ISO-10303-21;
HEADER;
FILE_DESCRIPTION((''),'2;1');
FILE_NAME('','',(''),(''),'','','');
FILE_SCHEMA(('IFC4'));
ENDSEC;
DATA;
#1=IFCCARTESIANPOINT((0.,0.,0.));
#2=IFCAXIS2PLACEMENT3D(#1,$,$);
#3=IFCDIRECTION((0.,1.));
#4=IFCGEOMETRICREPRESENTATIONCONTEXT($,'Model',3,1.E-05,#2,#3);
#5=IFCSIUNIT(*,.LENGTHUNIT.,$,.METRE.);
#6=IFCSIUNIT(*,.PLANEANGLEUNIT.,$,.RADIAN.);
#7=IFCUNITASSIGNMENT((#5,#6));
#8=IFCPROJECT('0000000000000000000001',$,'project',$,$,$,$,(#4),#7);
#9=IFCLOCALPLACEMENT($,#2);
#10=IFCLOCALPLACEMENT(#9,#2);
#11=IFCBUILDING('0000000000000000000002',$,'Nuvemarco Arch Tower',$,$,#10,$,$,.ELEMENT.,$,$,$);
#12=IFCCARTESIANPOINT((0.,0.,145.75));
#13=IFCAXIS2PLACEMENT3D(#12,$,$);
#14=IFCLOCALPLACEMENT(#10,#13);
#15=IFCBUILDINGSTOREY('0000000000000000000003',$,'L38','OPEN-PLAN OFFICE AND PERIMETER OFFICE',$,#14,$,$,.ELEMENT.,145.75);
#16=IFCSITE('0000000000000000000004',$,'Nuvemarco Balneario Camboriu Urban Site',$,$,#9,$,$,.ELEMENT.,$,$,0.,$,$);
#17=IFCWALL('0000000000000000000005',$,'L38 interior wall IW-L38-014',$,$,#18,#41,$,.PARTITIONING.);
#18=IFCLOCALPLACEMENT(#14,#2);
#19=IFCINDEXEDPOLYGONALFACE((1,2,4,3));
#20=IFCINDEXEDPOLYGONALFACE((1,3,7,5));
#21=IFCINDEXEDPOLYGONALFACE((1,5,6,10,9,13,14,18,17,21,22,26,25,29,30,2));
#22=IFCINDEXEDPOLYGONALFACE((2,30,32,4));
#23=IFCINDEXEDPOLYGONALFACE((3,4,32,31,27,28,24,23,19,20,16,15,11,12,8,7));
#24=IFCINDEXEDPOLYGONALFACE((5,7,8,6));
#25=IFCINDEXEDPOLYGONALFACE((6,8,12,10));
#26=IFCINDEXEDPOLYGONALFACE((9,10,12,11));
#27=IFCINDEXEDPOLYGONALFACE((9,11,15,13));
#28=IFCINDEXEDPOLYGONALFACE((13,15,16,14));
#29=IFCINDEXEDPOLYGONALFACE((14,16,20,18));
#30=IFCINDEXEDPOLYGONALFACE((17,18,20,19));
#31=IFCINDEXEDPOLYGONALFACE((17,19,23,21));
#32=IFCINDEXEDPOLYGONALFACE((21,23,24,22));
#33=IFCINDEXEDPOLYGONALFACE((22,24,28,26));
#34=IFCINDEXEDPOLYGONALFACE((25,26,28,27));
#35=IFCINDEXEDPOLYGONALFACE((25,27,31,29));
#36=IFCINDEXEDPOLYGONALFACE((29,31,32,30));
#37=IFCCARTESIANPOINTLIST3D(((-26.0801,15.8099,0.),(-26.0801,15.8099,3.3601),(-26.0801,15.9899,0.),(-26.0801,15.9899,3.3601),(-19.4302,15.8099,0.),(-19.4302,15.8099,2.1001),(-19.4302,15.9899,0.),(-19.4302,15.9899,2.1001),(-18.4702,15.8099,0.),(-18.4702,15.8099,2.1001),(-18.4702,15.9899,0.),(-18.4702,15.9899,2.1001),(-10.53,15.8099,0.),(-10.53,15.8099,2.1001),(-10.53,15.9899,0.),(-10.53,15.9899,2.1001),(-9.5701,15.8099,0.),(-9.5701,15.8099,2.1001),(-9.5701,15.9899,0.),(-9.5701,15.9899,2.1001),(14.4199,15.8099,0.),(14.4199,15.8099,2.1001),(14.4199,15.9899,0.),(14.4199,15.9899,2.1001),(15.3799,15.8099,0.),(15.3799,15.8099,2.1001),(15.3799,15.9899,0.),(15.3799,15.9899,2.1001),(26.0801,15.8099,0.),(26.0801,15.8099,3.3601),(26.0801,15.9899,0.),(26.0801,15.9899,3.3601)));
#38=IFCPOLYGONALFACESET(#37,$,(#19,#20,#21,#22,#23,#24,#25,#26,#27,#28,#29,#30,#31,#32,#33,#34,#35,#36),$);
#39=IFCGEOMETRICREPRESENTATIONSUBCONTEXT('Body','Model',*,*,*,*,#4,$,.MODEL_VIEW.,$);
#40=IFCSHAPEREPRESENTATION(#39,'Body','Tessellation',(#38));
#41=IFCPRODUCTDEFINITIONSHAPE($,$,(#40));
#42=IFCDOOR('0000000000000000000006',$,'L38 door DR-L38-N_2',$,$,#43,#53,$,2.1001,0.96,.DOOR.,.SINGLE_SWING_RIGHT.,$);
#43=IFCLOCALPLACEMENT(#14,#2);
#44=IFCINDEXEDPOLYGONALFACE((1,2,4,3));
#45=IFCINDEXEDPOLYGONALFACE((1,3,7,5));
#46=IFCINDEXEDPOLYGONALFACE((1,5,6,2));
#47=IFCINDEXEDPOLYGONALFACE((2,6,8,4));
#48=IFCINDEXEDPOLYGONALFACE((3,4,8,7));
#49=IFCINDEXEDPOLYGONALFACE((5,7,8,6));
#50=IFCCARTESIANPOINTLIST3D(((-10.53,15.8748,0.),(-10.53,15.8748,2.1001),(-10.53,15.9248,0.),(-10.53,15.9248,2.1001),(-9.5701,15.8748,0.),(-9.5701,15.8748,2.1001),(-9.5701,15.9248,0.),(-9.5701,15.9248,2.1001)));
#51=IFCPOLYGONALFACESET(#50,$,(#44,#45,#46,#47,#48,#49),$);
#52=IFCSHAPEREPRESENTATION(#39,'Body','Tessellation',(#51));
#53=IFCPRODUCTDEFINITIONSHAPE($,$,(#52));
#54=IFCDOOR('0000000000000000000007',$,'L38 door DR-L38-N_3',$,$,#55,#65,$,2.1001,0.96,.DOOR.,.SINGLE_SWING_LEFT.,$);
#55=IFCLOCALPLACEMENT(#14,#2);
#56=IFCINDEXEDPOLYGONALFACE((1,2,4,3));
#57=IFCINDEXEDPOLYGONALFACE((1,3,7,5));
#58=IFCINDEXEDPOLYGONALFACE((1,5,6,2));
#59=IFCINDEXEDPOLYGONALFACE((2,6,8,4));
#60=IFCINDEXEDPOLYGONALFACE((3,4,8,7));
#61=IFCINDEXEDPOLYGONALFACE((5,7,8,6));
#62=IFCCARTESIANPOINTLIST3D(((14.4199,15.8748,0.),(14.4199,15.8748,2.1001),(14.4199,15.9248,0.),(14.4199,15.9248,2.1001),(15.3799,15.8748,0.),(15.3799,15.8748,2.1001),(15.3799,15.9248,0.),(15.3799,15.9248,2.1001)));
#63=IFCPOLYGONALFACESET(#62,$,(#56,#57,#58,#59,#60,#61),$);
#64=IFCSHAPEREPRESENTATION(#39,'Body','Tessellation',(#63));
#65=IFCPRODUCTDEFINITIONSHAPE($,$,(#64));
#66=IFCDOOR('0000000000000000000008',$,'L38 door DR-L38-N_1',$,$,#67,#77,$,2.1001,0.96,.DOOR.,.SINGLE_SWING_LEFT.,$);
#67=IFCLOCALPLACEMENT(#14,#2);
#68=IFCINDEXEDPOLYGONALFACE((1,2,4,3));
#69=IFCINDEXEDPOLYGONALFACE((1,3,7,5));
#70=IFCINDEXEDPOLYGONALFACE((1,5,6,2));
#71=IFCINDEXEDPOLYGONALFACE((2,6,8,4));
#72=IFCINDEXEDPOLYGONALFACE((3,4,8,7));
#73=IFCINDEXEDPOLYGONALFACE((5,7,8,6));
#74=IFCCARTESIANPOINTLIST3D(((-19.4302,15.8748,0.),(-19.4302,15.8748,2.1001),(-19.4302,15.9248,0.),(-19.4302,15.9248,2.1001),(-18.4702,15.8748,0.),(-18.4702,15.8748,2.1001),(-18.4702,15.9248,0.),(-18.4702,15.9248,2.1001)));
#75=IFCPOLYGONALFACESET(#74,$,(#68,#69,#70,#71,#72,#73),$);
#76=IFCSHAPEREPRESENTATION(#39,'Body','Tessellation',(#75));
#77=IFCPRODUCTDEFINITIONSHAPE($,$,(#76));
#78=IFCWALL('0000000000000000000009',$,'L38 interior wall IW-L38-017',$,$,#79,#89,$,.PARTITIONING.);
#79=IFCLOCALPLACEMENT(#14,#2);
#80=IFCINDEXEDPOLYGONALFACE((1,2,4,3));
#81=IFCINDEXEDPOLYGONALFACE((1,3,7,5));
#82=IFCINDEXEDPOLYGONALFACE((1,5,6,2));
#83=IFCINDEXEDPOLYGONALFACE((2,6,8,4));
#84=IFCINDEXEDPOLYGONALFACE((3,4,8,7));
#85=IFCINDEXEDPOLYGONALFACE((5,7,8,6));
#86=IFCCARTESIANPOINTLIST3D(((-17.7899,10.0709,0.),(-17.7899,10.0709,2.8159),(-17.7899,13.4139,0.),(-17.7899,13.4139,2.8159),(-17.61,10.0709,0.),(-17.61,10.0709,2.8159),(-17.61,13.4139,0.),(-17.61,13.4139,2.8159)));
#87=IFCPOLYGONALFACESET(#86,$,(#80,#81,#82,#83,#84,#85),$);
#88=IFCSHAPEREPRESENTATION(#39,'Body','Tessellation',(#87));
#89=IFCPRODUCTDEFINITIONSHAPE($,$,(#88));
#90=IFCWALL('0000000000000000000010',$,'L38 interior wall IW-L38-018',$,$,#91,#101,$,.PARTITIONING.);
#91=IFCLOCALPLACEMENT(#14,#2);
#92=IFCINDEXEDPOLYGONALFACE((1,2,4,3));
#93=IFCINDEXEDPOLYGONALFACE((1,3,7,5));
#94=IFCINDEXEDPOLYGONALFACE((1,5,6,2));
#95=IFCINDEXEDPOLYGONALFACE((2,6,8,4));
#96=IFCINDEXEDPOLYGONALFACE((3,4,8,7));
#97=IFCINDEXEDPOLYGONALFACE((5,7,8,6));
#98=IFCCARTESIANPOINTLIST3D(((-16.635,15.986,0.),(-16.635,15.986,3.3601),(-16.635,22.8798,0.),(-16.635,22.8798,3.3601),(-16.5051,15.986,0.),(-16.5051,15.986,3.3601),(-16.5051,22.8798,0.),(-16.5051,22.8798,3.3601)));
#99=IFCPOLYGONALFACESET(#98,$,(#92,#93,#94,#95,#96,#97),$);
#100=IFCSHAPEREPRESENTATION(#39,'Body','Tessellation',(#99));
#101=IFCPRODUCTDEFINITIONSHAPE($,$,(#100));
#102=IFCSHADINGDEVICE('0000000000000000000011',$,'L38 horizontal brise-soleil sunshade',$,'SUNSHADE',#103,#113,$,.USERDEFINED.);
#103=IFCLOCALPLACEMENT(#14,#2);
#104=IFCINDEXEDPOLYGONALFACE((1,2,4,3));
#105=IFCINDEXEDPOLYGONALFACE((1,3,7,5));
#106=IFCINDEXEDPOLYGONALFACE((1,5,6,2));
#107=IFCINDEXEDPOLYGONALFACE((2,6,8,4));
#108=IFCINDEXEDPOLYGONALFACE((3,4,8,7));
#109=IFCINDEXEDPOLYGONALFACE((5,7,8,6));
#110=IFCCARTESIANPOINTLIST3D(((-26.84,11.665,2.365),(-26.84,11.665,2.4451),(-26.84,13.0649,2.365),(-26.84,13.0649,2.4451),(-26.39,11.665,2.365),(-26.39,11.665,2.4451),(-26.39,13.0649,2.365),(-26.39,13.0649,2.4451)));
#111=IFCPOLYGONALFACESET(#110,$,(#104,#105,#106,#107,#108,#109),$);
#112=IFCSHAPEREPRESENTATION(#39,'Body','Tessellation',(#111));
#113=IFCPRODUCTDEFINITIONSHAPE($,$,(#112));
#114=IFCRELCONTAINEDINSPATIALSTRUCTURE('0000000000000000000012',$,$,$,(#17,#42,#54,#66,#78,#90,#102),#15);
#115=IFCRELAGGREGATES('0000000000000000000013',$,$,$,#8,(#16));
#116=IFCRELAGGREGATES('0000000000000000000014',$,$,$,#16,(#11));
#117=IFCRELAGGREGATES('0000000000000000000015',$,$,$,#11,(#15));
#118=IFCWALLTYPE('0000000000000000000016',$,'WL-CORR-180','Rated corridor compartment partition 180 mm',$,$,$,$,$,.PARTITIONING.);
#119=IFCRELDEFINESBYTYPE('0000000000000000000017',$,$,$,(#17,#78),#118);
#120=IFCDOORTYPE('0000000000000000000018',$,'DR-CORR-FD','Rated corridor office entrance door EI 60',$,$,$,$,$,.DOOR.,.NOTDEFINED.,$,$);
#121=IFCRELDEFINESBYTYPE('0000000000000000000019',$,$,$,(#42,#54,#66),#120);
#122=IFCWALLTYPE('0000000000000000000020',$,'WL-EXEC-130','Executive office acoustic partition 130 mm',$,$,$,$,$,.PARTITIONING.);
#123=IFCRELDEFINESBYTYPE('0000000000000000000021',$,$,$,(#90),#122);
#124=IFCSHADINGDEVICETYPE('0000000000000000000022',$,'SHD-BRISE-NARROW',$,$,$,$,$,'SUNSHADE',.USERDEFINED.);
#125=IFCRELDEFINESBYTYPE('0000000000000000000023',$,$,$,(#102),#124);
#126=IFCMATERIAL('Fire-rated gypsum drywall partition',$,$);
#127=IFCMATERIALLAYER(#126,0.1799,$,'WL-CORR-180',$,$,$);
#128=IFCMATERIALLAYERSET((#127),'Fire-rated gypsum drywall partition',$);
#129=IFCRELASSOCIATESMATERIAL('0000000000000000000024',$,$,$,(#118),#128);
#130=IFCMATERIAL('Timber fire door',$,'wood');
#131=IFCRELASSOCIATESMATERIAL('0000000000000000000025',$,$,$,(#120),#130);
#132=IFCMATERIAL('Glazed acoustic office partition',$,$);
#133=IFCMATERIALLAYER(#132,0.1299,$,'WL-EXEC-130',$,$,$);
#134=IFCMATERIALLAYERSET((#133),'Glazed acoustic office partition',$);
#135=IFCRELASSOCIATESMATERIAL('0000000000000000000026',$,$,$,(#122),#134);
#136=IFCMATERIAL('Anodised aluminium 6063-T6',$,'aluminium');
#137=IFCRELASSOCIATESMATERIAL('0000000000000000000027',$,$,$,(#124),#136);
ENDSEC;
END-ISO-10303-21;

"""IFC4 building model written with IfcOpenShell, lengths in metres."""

from ifc_helpers import new_model, si_unit, direction, frame, frame_2d, origin, origin_2d, place, context, subcontext, project, spatial, rectangle, extrude, source, transform, mapped, material, layer, layer_set, type_object, type_shapes, element, fill, save


model = new_model("IFC4")

# Units and contexts
model_context = context("Model", 3, precision=1e-05, world=origin(), true_north=direction((0.0, 1.0)))
body_context = subcontext(model_context, "Body", "Model", "MODEL_VIEW")
ifc_project = project(units=[si_unit("LENGTHUNIT", "METRE"), si_unit("PLANEANGLEUNIT", "RADIAN")], contexts=[model_context])

# Site, building, storey
site_placement = place(None, origin())
site = spatial("IfcSite", under=ifc_project, at=site_placement, Name="Nuvemarco Balneario Camboriu Urban Site", CompositionType="ELEMENT", RefElevation=0.0)
building_placement = place(site_placement, origin())
building = spatial("IfcBuilding", under=site, at=building_placement, Name="Nuvemarco Arch Tower", CompositionType="ELEMENT")
storey_placement = place(building_placement, frame((0.0, 0.0, 145.75)))
storey = spatial("IfcBuildingStorey", under=building, at=storey_placement, Name="L38", Description="OPEN-PLAN OFFICE AND PERIMETER OFFICE", CompositionType="ELEMENT", Elevation=145.75)

# Wall, openings, doors
ifc_material_1 = material(Name="Fire-rated gypsum drywall partition")
ifc_layer_1 = layer(ifc_material_1, 0.1799, Name="WL-CORR-180")
ifc_layer_set_1 = layer_set([ifc_layer_1], Name="Fire-rated gypsum drywall partition")
wall_type_1 = type_object("IfcWallType", Name="WL-CORR-180", Description="Rated corridor compartment partition 180 mm", PredefinedType="PARTITIONING", material=ifc_layer_set_1)
ifc_material_2 = material(Name="Timber fire door", Category="wood")
door_type_1 = type_object("IfcDoorType", Name="DR-CORR-FD", Description="Rated corridor office entrance door EI 60", OperationType="NOTDEFINED", PredefinedType="DOOR", material=ifc_material_2)
shared_shape_1 = source(origin(), body_context, "Body", "SweptSolid", [
    extrude(rectangle(XDim=0.96, YDim=2.1001, at=frame_2d((0.48, 1.05))), frame((0.0, 0.0249, 0.0), z_axis=(0.0, -1.0, 0.0), x_axis=(1.0, 0.0, 0.0)), (0.0, 0.0, 1.0), 0.05),
])
type_shapes(door_type_1, [shared_shape_1])
wall_1_placement = place(storey_placement, frame((-26.0801, 15.8999, 0.0), z_axis=(0.0, 0.0, 1.0), x_axis=(1.0, 0.0, 0.0)))
wall_1 = element("IfcWall", 1, at=wall_1_placement, inside=storey, type_object=wall_type_1, Name="L38 interior wall IW-L38-014", PredefinedType="PARTITIONING", context=body_context, shape_type="SweptSolid", body=[
    extrude(rectangle(XDim=52.1602, YDim=0.1799, at=frame_2d((26.0801, 0.0))), origin(), (0.0, 0.0, 1.0), 3.3601),
])
opening_1_placement = place(wall_1_placement, frame((15.55, 0.0, 0.0)))
opening_1 = element("IfcOpeningElement", 2, at=opening_1_placement, cuts=wall_1, PredefinedType="OPENING", context=body_context, shape_type="SweptSolid", body=[
    extrude(rectangle(XDim=0.96, YDim=2.1001, at=frame_2d((0.48, 1.05))), frame((0.0, 0.0999, 0.0), z_axis=(0.0, -1.0, 0.0), x_axis=(1.0, 0.0, 0.0)), (0.0, 0.0, 1.0), 0.2),
])
opening_2_placement = place(wall_1_placement, frame((40.5, 0.0, 0.0)))
opening_2 = element("IfcOpeningElement", 3, at=opening_2_placement, cuts=wall_1, PredefinedType="OPENING", context=body_context, shape_type="SweptSolid", body=[
    extrude(rectangle(XDim=0.96, YDim=2.1001, at=frame_2d((0.48, 1.05))), frame((0.0, 0.0999, 0.0), z_axis=(0.0, -1.0, 0.0), x_axis=(1.0, 0.0, 0.0)), (0.0, 0.0, 1.0), 0.2),
])
opening_3_placement = place(wall_1_placement, frame((6.6499, 0.0, 0.0)))
opening_3 = element("IfcOpeningElement", 4, at=opening_3_placement, cuts=wall_1, PredefinedType="OPENING", context=body_context, shape_type="SweptSolid", body=[
    extrude(rectangle(XDim=0.96, YDim=2.1001, at=frame_2d((0.48, 1.05))), frame((0.0, 0.0999, 0.0), z_axis=(0.0, -1.0, 0.0), x_axis=(1.0, 0.0, 0.0)), (0.0, 0.0, 1.0), 0.2),
])
door_1_placement = place(opening_1_placement, origin())
door_1 = element("IfcDoor", 5, at=door_1_placement, inside=storey, type_object=door_type_1, Name="L38 door DR-L38-N_2", OperationType="SINGLE_SWING_RIGHT", OverallHeight=2.1001, OverallWidth=0.96, PredefinedType="DOOR", context=body_context, shape_type="MappedRepresentation", body=[
    mapped(shared_shape_1, transform((0.0, 0.0, 0.0), scale=1.0)),
])
fill(opening_1, door_1)
door_2_placement = place(opening_2_placement, origin())
door_2 = element("IfcDoor", 6, at=door_2_placement, inside=storey, type_object=door_type_1, Name="L38 door DR-L38-N_3", OperationType="SINGLE_SWING_LEFT", OverallHeight=2.1001, OverallWidth=0.96, PredefinedType="DOOR", context=body_context, shape_type="MappedRepresentation", body=[
    mapped(shared_shape_1, transform((0.0, 0.0, 0.0), scale=1.0)),
])
fill(opening_2, door_2)
door_3_placement = place(opening_3_placement, origin())
door_3 = element("IfcDoor", 7, at=door_3_placement, inside=storey, type_object=door_type_1, Name="L38 door DR-L38-N_1", OperationType="SINGLE_SWING_LEFT", OverallHeight=2.1001, OverallWidth=0.96, PredefinedType="DOOR", context=body_context, shape_type="MappedRepresentation", body=[
    mapped(shared_shape_1, transform((0.0, 0.0, 0.0), scale=1.0)),
])
fill(opening_3, door_3)

# Walls
wall_2_placement = place(storey_placement, frame((-17.7, 10.071, 0.0), z_axis=(0.0, 0.0, 1.0), x_axis=(0.0, 1.0, 0.0)))
element("IfcWall", 8, at=wall_2_placement, inside=storey, type_object=wall_type_1, Name="L38 interior wall IW-L38-017", PredefinedType="PARTITIONING", context=body_context, shape_type="SweptSolid", body=[
    extrude(rectangle(XDim=3.343, YDim=0.1799, at=frame_2d((1.6714, 0.0))), origin(), (0.0, 0.0, 1.0), 2.8159),
])
ifc_material_3 = material(Name="Glazed acoustic office partition")
ifc_layer_2 = layer(ifc_material_3, 0.1299, Name="WL-EXEC-130")
ifc_layer_set_2 = layer_set([ifc_layer_2], Name="Glazed acoustic office partition")
wall_type_2 = type_object("IfcWallType", Name="WL-EXEC-130", Description="Executive office acoustic partition 130 mm", PredefinedType="PARTITIONING", material=ifc_layer_set_2)
wall_3_placement = place(storey_placement, frame((-16.5701, 15.9861, 0.0), z_axis=(0.0, 0.0, 1.0), x_axis=(0.0, 1.0, 0.0)))
element("IfcWall", 9, at=wall_3_placement, inside=storey, type_object=wall_type_2, Name="L38 interior wall IW-L38-018", PredefinedType="PARTITIONING", context=body_context, shape_type="SweptSolid", body=[
    extrude(rectangle(XDim=6.8938, YDim=0.1299, at=frame_2d((3.4468, 0.0))), origin(), (0.0, 0.0, 1.0), 3.3601),
])

# Shading device
ifc_material_4 = material(Name="Anodised aluminium 6063-T6", Category="aluminium")
shading_device_type = type_object("IfcShadingDeviceType", Name="SHD-BRISE-NARROW", ElementType="SUNSHADE", PredefinedType="USERDEFINED", material=ifc_material_4)
shared_shape_2 = source(origin(), body_context, "Body", "SweptSolid", [
    extrude(rectangle(XDim=1.3999, YDim=0.45, at=origin_2d()), origin(), (0.0, 0.0, 1.0), 0.0801),
])
type_shapes(shading_device_type, [shared_shape_2])
shading_device_placement = place(storey_placement, frame((-26.615, 12.365, 2.365), z_axis=(0.0, 0.0, 1.0), x_axis=(0.0, 1.0, 0.0)))
element("IfcShadingDevice", 10, at=shading_device_placement, inside=storey, type_object=shading_device_type, Name="L38 horizontal brise-soleil sunshade", ObjectType="SUNSHADE", PredefinedType="USERDEFINED", context=body_context, shape_type="MappedRepresentation", body=[
    mapped(shared_shape_2, transform((0.0, 0.0, 0.0), scale=1.0)),
])

save(model, "model.ifc")
